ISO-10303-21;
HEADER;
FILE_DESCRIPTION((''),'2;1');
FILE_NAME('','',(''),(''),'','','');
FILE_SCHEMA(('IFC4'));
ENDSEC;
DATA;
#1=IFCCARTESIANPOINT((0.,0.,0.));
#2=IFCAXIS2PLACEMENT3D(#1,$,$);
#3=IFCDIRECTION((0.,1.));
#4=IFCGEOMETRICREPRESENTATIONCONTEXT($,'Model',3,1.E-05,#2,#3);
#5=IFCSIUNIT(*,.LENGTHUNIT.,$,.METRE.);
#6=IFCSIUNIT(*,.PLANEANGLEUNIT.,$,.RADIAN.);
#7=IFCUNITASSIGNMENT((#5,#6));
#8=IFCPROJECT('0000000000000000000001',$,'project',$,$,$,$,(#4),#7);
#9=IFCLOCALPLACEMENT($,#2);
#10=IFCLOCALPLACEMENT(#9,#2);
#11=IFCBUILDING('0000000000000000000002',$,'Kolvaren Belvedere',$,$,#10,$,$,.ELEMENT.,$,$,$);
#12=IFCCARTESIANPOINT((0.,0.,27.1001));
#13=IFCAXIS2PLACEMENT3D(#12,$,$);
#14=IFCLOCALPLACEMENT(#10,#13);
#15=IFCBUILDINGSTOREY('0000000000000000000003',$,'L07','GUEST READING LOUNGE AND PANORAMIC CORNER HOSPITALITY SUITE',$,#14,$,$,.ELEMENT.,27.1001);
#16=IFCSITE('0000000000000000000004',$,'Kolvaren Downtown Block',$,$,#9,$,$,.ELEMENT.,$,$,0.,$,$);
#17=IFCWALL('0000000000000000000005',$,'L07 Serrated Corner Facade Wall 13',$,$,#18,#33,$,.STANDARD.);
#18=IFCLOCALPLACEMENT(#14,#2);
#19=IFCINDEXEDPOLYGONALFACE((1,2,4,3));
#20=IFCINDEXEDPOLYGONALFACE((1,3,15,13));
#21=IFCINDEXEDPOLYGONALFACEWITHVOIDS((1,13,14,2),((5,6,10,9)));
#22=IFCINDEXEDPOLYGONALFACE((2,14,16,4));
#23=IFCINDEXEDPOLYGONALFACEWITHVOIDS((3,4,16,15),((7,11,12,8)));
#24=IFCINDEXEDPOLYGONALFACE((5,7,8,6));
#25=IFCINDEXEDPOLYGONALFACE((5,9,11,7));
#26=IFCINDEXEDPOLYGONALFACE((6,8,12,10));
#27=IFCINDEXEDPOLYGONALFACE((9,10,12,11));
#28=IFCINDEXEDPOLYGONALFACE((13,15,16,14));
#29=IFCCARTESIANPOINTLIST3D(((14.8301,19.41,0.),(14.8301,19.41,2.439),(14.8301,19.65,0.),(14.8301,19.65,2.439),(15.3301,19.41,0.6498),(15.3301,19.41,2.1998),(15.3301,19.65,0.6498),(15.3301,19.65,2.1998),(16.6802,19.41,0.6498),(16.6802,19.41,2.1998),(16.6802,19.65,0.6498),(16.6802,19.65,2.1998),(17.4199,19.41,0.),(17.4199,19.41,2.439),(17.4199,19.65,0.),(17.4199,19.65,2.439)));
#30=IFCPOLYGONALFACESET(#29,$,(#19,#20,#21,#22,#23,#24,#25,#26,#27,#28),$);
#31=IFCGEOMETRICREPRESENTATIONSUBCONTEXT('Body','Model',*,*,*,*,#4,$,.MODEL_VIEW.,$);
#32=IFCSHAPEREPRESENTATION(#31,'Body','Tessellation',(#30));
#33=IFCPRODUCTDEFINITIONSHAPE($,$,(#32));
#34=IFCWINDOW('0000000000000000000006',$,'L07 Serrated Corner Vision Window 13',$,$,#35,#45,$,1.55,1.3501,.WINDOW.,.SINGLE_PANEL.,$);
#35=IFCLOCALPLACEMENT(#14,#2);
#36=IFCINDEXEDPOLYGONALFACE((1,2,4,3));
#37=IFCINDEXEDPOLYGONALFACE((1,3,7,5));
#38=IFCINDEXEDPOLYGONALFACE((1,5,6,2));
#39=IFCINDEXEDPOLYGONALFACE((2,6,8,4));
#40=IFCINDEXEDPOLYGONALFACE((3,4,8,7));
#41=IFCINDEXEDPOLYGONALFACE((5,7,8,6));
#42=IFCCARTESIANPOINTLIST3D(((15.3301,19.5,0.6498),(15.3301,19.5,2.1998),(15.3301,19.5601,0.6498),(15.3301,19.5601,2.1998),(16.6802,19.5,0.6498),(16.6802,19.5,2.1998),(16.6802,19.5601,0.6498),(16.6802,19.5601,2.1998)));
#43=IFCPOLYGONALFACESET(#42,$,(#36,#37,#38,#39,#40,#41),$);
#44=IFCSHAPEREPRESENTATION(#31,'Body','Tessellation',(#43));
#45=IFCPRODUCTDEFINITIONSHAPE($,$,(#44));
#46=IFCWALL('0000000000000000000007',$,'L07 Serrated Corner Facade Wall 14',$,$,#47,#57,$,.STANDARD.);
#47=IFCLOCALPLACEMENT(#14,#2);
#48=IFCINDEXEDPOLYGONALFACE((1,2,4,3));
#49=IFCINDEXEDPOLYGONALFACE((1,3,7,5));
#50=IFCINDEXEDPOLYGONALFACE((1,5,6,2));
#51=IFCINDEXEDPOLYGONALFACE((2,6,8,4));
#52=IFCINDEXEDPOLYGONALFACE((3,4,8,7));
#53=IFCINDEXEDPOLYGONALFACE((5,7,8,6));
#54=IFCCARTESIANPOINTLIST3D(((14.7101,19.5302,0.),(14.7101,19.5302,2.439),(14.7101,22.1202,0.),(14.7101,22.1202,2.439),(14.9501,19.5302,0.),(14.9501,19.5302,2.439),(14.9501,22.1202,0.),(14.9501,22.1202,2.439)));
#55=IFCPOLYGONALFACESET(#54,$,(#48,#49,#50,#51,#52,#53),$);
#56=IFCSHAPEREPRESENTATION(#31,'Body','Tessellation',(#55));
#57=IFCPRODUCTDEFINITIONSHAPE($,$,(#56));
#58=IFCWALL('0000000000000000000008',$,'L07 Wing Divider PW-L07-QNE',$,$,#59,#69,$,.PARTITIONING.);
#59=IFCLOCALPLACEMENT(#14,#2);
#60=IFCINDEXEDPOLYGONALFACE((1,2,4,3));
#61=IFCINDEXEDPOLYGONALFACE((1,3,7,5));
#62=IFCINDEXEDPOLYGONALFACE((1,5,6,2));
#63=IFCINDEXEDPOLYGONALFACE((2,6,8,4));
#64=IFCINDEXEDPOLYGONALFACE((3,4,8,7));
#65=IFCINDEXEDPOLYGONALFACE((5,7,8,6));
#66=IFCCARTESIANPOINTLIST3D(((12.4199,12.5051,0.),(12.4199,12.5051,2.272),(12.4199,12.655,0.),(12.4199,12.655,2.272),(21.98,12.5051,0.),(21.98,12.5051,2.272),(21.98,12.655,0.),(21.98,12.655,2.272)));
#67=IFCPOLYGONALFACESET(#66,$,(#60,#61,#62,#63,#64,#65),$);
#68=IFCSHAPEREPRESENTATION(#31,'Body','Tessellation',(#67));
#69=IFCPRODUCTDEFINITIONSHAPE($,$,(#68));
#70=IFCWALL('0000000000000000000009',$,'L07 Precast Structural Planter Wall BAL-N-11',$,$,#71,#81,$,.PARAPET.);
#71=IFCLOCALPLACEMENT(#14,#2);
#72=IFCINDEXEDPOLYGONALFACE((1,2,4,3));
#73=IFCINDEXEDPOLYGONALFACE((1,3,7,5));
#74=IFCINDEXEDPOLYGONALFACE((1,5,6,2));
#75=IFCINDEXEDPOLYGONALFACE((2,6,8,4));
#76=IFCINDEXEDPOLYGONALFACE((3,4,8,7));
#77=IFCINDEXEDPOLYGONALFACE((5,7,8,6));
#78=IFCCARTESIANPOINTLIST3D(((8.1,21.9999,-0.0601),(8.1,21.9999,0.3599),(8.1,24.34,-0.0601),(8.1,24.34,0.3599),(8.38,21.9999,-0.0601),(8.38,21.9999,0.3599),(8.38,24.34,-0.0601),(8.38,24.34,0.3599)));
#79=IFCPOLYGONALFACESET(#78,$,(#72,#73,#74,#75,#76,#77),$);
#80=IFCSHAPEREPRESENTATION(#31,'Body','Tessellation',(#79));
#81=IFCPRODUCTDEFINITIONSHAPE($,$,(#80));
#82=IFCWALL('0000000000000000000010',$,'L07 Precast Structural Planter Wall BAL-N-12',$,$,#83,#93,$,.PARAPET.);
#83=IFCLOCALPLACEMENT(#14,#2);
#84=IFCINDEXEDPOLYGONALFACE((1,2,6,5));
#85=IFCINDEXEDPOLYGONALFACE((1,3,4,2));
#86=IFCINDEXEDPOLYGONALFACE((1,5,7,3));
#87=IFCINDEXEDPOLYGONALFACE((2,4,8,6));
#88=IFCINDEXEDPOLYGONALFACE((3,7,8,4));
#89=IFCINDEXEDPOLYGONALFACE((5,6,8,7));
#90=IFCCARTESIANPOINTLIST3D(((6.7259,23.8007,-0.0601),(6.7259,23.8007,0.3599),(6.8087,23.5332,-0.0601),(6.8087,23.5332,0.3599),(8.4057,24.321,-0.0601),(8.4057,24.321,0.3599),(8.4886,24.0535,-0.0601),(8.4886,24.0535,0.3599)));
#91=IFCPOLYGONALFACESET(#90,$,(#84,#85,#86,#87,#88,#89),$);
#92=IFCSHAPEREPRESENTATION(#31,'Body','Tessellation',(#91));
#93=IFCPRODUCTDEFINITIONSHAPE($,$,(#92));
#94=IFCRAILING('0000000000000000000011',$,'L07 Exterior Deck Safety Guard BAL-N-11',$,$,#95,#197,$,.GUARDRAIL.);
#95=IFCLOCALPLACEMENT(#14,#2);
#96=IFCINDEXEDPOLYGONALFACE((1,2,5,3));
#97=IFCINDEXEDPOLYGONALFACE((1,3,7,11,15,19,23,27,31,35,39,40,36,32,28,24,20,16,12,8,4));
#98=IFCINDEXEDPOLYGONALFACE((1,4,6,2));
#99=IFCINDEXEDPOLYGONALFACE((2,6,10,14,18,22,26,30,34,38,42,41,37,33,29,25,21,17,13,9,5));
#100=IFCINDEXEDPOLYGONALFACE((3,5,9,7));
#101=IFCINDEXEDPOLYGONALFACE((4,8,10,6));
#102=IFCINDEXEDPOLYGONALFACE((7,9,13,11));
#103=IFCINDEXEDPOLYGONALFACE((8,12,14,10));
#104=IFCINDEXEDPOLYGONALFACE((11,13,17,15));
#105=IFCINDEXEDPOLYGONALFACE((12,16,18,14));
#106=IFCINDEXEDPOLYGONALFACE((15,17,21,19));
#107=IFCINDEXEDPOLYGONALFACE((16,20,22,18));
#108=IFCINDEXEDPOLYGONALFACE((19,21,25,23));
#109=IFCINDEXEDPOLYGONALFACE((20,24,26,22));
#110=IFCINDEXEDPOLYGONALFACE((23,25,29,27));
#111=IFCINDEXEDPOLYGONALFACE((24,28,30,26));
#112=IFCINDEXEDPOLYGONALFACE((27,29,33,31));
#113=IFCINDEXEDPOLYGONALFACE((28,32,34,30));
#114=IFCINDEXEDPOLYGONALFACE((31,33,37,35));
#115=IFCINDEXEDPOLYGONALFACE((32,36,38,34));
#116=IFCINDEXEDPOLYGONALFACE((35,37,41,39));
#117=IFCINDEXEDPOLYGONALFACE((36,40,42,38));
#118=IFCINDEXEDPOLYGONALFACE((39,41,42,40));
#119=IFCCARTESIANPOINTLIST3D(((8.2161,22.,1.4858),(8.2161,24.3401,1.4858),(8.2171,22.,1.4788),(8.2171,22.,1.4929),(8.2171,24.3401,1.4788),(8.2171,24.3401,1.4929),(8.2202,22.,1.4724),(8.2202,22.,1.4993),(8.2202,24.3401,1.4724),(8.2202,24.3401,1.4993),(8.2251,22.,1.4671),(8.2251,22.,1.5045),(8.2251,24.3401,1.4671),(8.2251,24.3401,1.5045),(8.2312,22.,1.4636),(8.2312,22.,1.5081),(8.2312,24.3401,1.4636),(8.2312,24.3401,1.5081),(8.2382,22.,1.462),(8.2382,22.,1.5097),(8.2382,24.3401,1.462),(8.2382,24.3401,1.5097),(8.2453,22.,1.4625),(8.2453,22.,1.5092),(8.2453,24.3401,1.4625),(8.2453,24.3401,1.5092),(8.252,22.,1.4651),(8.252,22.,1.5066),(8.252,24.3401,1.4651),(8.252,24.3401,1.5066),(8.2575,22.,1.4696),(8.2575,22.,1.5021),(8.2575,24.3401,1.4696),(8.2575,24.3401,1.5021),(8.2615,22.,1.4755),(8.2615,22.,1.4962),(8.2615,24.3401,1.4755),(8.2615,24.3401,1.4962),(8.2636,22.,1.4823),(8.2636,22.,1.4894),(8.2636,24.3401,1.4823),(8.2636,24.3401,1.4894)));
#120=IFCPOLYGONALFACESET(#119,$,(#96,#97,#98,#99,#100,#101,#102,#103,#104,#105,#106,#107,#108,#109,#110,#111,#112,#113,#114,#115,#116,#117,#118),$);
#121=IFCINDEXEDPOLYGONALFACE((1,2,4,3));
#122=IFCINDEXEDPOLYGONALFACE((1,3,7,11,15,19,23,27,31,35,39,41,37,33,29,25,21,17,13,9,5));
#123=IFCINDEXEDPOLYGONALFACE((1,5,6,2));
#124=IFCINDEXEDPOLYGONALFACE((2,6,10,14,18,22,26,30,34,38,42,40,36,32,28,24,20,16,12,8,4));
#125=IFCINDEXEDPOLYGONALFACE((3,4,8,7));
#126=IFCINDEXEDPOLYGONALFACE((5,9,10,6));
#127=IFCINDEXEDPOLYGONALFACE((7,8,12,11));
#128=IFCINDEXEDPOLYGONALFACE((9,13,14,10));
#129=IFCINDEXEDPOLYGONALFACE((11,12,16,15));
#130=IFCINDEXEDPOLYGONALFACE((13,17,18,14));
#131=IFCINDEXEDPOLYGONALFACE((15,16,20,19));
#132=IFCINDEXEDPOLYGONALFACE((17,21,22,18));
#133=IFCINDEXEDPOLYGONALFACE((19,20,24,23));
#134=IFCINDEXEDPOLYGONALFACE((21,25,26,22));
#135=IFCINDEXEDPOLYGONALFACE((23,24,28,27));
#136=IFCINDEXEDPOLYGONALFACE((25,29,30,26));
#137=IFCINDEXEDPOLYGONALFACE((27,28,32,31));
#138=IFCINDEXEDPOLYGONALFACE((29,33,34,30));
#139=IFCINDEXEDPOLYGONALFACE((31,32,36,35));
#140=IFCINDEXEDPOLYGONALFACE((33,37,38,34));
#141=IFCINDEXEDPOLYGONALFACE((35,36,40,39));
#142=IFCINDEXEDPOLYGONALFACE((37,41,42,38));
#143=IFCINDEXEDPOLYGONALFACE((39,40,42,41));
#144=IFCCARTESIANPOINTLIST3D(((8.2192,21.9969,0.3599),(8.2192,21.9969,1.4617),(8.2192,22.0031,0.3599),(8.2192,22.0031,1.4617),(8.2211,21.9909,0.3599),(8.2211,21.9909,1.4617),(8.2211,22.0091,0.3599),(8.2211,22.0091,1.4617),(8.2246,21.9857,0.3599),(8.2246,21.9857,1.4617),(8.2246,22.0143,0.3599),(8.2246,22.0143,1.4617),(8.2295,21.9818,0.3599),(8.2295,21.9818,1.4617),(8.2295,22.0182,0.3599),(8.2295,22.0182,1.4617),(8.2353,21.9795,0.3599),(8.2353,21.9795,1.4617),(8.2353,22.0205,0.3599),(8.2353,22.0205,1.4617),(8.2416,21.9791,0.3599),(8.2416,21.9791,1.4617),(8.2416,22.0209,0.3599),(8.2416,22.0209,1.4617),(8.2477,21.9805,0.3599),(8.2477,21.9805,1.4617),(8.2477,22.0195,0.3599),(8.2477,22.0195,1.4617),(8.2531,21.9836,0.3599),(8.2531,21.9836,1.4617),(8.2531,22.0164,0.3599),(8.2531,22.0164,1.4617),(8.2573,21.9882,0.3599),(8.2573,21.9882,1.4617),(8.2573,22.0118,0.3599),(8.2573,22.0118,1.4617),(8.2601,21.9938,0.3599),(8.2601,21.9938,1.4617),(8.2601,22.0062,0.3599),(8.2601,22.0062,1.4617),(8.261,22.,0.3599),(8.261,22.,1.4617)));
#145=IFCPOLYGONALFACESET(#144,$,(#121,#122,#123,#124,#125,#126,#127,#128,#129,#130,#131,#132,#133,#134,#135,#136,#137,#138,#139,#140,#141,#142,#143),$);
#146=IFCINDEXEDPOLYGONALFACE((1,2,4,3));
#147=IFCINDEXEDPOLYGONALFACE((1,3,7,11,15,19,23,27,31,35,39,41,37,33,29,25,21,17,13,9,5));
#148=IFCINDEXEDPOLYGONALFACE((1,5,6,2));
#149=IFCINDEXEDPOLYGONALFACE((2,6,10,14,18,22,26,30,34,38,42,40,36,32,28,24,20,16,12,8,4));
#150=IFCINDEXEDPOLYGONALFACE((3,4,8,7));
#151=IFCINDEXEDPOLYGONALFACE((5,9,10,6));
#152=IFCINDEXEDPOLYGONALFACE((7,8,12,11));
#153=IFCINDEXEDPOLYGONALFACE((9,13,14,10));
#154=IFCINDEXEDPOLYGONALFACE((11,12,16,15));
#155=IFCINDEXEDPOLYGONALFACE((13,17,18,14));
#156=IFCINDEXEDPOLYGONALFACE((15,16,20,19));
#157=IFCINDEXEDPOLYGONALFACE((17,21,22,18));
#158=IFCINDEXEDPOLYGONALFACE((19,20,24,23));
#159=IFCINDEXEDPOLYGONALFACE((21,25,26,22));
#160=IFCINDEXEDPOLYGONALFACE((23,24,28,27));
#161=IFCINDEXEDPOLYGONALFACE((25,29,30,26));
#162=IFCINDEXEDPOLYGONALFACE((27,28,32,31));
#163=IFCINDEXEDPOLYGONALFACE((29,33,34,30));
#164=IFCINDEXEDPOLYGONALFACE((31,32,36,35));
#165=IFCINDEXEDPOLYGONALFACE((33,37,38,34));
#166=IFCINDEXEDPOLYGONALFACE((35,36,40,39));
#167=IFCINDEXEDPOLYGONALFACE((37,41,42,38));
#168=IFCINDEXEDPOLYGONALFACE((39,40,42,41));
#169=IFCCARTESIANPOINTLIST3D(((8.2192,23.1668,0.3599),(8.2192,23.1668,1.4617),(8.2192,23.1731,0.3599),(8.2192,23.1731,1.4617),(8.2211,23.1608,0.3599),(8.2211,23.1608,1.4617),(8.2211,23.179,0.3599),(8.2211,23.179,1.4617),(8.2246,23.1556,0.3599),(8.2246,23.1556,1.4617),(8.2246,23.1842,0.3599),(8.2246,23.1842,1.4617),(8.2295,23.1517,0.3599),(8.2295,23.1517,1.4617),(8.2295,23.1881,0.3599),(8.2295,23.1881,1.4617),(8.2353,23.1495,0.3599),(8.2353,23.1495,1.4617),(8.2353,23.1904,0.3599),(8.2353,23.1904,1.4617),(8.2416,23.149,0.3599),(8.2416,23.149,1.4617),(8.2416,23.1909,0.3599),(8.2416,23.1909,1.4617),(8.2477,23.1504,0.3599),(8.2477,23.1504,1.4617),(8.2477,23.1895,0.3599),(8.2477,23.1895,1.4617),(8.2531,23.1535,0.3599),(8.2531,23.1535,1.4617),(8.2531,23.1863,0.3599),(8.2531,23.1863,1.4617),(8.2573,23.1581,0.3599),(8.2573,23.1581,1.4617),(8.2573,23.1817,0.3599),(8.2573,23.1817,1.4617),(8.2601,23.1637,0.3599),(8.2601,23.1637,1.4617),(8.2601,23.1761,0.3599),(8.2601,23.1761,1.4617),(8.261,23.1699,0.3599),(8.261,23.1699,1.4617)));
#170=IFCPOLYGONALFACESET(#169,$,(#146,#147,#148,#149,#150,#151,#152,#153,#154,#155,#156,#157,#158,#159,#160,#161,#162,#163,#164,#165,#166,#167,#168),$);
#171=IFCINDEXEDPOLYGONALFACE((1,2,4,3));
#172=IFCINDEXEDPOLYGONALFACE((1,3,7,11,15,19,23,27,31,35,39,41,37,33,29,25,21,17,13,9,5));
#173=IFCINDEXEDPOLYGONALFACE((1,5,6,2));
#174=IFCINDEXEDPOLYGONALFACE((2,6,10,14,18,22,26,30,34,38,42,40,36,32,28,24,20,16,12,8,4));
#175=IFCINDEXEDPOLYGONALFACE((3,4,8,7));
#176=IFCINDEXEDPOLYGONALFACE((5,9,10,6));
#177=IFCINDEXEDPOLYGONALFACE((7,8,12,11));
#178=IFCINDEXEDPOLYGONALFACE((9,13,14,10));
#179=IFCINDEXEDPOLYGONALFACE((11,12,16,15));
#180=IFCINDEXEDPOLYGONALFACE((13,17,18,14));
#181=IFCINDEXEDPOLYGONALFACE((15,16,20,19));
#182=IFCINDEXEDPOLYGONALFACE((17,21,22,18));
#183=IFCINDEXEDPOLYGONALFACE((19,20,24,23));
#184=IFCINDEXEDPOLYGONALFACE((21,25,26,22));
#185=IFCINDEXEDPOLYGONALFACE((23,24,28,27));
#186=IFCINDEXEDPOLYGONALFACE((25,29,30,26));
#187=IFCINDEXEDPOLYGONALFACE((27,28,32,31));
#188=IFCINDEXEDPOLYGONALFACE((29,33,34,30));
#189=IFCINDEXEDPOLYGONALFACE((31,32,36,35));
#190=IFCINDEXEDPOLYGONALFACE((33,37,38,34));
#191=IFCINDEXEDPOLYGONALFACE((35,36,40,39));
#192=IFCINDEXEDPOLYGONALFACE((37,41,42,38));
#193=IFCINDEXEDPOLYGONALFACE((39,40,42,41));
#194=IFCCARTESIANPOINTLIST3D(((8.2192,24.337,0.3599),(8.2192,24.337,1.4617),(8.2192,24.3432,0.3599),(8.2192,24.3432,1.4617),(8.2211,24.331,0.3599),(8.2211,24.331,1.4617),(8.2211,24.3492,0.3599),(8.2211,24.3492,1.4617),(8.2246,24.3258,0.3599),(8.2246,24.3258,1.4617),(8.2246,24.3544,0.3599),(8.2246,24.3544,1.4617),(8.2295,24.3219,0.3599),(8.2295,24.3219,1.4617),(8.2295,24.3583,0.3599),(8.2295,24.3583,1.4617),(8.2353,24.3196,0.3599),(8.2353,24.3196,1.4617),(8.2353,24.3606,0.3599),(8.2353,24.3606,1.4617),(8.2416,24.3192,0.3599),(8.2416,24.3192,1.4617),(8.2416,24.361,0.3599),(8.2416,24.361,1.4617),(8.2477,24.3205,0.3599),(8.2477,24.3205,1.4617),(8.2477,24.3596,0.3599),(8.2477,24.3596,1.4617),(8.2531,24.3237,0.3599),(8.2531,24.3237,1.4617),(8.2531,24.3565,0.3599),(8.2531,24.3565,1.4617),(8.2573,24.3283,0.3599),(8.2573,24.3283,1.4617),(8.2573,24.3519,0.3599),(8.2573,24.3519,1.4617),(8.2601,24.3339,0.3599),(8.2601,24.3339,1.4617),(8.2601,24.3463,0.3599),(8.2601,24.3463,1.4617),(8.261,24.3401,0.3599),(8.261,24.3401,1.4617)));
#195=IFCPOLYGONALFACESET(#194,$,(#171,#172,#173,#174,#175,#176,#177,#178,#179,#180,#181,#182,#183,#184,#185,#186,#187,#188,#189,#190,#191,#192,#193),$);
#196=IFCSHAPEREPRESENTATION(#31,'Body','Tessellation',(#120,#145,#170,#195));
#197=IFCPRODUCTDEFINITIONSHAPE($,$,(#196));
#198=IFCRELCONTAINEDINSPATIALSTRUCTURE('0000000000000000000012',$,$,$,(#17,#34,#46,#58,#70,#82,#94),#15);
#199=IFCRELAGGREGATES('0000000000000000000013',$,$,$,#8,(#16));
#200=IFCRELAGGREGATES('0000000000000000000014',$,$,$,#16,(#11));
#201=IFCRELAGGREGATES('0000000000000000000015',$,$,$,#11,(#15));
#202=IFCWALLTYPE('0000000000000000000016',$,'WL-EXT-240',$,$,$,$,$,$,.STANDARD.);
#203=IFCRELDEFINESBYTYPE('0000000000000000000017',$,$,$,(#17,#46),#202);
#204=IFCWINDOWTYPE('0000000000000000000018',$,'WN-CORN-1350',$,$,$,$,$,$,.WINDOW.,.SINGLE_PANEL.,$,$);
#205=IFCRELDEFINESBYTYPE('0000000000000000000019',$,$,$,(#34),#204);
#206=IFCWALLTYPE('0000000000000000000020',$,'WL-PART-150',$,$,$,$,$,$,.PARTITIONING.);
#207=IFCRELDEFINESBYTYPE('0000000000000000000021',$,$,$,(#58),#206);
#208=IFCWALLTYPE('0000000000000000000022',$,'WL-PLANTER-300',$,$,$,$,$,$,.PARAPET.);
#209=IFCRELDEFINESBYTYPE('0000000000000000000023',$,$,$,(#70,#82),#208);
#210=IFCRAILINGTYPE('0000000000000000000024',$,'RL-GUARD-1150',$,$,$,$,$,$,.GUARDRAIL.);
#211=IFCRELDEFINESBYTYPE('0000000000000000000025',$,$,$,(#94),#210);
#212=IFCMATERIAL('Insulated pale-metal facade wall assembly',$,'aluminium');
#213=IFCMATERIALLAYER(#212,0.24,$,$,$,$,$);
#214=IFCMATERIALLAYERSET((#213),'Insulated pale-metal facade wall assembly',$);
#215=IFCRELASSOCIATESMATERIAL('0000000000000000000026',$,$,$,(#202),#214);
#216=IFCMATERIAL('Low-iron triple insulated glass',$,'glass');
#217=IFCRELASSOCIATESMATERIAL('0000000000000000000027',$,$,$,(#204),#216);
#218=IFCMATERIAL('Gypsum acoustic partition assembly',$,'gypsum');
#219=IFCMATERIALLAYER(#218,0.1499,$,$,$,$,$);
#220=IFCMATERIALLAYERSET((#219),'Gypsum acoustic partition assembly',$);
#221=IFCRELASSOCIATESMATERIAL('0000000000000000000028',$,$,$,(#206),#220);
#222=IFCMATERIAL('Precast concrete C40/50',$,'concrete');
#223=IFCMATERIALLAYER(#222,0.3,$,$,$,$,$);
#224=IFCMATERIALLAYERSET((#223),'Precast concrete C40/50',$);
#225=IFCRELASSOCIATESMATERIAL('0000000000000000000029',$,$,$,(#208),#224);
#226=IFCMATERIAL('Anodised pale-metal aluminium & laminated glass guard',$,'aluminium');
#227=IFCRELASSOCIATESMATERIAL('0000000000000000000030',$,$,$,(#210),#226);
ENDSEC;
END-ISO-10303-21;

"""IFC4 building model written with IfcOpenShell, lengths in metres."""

from ifc_helpers import new_model, si_unit, direction, frame, frame_2d, origin, origin_2d, place, context, subcontext, project, spatial, rectangle, circle, extrude, material, layer, layer_set, type_object, element, fill, save


model = new_model("IFC4")

# Units and contexts
model_context = context("Model", 3, precision=1e-05, world=origin(), true_north=direction((0.0, 1.0)))
body_context = subcontext(model_context, "Body", "Model", "MODEL_VIEW")
ifc_project = project(units=[si_unit("LENGTHUNIT", "METRE"), si_unit("PLANEANGLEUNIT", "RADIAN")], contexts=[model_context])

# Site, building, storey
site_placement = place(None, origin())
site = spatial("IfcSite", under=ifc_project, at=site_placement, Name="Kolvaren Downtown Block", CompositionType="ELEMENT", RefElevation=0.0)
building_placement = place(site_placement, origin())
building = spatial("IfcBuilding", under=site, at=building_placement, Name="Kolvaren Belvedere", CompositionType="ELEMENT")
storey_placement = place(building_placement, frame((0.0, 0.0, 27.1001)))
storey = spatial("IfcBuildingStorey", under=building, at=storey_placement, Name="L07", Description="GUEST READING LOUNGE AND PANORAMIC CORNER HOSPITALITY SUITE", CompositionType="ELEMENT", Elevation=27.1001)

# Shared definitions
ifc_material_1 = material(Name="Insulated pale-metal facade wall assembly", Category="aluminium")
ifc_layer_1 = layer(ifc_material_1, 0.24)
ifc_layer_set_1 = layer_set([ifc_layer_1], Name="Insulated pale-metal facade wall assembly")
wall_type_1 = type_object("IfcWallType", Name="WL-EXT-240", PredefinedType="STANDARD", material=ifc_layer_set_1)

# Wall, opening, window
ifc_material_2 = material(Name="Low-iron triple insulated glass", Category="glass")
window_type = type_object("IfcWindowType", Name="WN-CORN-1350", PartitioningType="SINGLE_PANEL", PredefinedType="WINDOW", material=ifc_material_2)
wall_1_placement = place(storey_placement, frame((14.8301, 19.53, 0.0), z_axis=(0.0, 0.0, 1.0), x_axis=(1.0, 0.0, 0.0)))
wall_1 = element("IfcWall", 1, at=wall_1_placement, inside=storey, type_object=wall_type_1, Name="L07 Serrated Corner Facade Wall 13", PredefinedType="STANDARD", context=body_context, shape_type="SweptSolid", body=[
    extrude(rectangle(XDim=2.5898, YDim=0.24, at=frame_2d((1.2949, 0.0))), origin(), (0.0, 0.0, 1.0), 2.439),
])
opening_1_placement = place(wall_1_placement, frame((0.5, 0.0, 0.6499)))
opening_1 = element("IfcOpeningElement", 2, at=opening_1_placement, cuts=wall_1, PredefinedType="OPENING", context=body_context, shape_type="SweptSolid", body=[
    extrude(rectangle(XDim=1.3501, YDim=1.55, at=frame_2d((0.675, 0.7749))), frame((0.0, 0.1299, 0.0), z_axis=(0.0, -1.0, 0.0), x_axis=(1.0, 0.0, 0.0)), (0.0, 0.0, 1.0), 0.26),
])
window_1_placement = place(opening_1_placement, origin())
window_1 = element("IfcWindow", 3, at=window_1_placement, inside=storey, type_object=window_type, Name="L07 Serrated Corner Vision Window 13", OverallHeight=1.55, OverallWidth=1.3501, PartitioningType="SINGLE_PANEL", PredefinedType="WINDOW", context=body_context, shape_type="SweptSolid", body=[
    extrude(rectangle(XDim=1.3501, YDim=1.55, at=frame_2d((0.675, 0.7749))), frame((0.0, 0.03, 0.0), z_axis=(0.0, -1.0, 0.0), x_axis=(1.0, 0.0, 0.0)), (0.0, 0.0, 1.0), 0.0601),
])
fill(opening_1, window_1)

# Walls
wall_2_placement = place(storey_placement, frame((14.8301, 22.1201, 0.0), z_axis=(0.0, 0.0, 1.0), x_axis=(0.0, -1.0, 0.0)))
element("IfcWall", 4, at=wall_2_placement, inside=storey, type_object=wall_type_1, Name="L07 Serrated Corner Facade Wall 14", PredefinedType="STANDARD", context=body_context, shape_type="SweptSolid", body=[
    extrude(rectangle(XDim=2.5901, YDim=0.24, at=frame_2d((1.2949, 0.0))), origin(), (0.0, 0.0, 1.0), 2.439),
])
ifc_material_3 = material(Name="Gypsum acoustic partition assembly", Category="gypsum")
ifc_layer_2 = layer(ifc_material_3, 0.1499)
ifc_layer_set_2 = layer_set([ifc_layer_2], Name="Gypsum acoustic partition assembly")
wall_type_2 = type_object("IfcWallType", Name="WL-PART-150", PredefinedType="PARTITIONING", material=ifc_layer_set_2)
wall_3_placement = place(storey_placement, frame((12.4199, 12.5801, 0.0), z_axis=(0.0, 0.0, 1.0), x_axis=(1.0, 0.0, 0.0)))
element("IfcWall", 5, at=wall_3_placement, inside=storey, type_object=wall_type_2, Name="L07 Wing Divider PW-L07-QNE", PredefinedType="PARTITIONING", context=body_context, shape_type="SweptSolid", body=[
    extrude(rectangle(XDim=9.5601, YDim=0.1499, at=frame_2d((4.78, 0.0))), origin(), (0.0, 0.0, 1.0), 2.272),
])
ifc_material_4 = material(Name="Precast concrete C40/50", Category="concrete")
ifc_layer_3 = layer(ifc_material_4, 0.3)
ifc_layer_set_3 = layer_set([ifc_layer_3], Name="Precast concrete C40/50")
wall_type_3 = type_object("IfcWallType", Name="WL-PLANTER-300", PredefinedType="PARAPET", material=ifc_layer_set_3)
wall_4_placement = place(storey_placement, frame((8.24, 22.0, -0.0601), z_axis=(0.0, 0.0, 1.0), x_axis=(0.0, 1.0, 0.0)))
element("IfcWall", 6, at=wall_4_placement, inside=storey, type_object=wall_type_3, Name="L07 Precast Structural Planter Wall BAL-N-11", PredefinedType="PARAPET", context=body_context, shape_type="SweptSolid", body=[
    extrude(rectangle(XDim=2.3401, YDim=0.28, at=frame_2d((1.1699, 0.0))), origin(), (0.0, 0.0, 1.0), 0.4199),
])
wall_5_placement = place(storey_placement, frame((8.4473, 24.1873, -0.0601), z_axis=(0.0, 0.0, 1.0), x_axis=(-0.95524, -0.295832, 0.0)))
element("IfcWall", 7, at=wall_5_placement, inside=storey, type_object=wall_type_3, Name="L07 Precast Structural Planter Wall BAL-N-12", PredefinedType="PARAPET", context=body_context, shape_type="SweptSolid", body=[
    extrude(rectangle(XDim=1.7585, YDim=0.28, at=frame_2d((0.8794, 0.0))), origin(), (0.0, 0.0, 1.0), 0.4199),
])

# Railing
ifc_material_5 = material(Name="Anodised pale-metal aluminium & laminated glass guard", Category="aluminium")
railing_type = type_object("IfcRailingType", Name="RL-GUARD-1150", PredefinedType="GUARDRAIL", material=ifc_material_5)
railing_1_placement = place(storey_placement, frame((8.24, 22.0, 0.3599)))
element("IfcRailing", 8, at=railing_1_placement, inside=storey, type_object=railing_type, Name="L07 Exterior Deck Safety Guard BAL-N-11", PredefinedType="GUARDRAIL", context=body_context, shape_type="SweptSolid", body=[
    extrude(circle(Radius=0.0239, at=origin_2d()), frame((0.0, 0.0, 1.126), z_axis=(0.0, 1.0, 0.0), x_axis=(-1.0, 0.0, 0.0)), (0.0, 0.0, 1.0), 2.3401),
    extrude(circle(Radius=0.021, at=origin_2d()), origin(), (0.0, 0.0, 1.0), 1.1018),
    extrude(circle(Radius=0.021, at=origin_2d()), frame((0.0, 1.1699, 0.0)), (0.0, 0.0, 1.0), 1.1018),
    extrude(circle(Radius=0.021, at=origin_2d()), frame((0.0, 2.3401, 0.0)), (0.0, 0.0, 1.0), 1.1018),
])

save(model, "model.ifc")
